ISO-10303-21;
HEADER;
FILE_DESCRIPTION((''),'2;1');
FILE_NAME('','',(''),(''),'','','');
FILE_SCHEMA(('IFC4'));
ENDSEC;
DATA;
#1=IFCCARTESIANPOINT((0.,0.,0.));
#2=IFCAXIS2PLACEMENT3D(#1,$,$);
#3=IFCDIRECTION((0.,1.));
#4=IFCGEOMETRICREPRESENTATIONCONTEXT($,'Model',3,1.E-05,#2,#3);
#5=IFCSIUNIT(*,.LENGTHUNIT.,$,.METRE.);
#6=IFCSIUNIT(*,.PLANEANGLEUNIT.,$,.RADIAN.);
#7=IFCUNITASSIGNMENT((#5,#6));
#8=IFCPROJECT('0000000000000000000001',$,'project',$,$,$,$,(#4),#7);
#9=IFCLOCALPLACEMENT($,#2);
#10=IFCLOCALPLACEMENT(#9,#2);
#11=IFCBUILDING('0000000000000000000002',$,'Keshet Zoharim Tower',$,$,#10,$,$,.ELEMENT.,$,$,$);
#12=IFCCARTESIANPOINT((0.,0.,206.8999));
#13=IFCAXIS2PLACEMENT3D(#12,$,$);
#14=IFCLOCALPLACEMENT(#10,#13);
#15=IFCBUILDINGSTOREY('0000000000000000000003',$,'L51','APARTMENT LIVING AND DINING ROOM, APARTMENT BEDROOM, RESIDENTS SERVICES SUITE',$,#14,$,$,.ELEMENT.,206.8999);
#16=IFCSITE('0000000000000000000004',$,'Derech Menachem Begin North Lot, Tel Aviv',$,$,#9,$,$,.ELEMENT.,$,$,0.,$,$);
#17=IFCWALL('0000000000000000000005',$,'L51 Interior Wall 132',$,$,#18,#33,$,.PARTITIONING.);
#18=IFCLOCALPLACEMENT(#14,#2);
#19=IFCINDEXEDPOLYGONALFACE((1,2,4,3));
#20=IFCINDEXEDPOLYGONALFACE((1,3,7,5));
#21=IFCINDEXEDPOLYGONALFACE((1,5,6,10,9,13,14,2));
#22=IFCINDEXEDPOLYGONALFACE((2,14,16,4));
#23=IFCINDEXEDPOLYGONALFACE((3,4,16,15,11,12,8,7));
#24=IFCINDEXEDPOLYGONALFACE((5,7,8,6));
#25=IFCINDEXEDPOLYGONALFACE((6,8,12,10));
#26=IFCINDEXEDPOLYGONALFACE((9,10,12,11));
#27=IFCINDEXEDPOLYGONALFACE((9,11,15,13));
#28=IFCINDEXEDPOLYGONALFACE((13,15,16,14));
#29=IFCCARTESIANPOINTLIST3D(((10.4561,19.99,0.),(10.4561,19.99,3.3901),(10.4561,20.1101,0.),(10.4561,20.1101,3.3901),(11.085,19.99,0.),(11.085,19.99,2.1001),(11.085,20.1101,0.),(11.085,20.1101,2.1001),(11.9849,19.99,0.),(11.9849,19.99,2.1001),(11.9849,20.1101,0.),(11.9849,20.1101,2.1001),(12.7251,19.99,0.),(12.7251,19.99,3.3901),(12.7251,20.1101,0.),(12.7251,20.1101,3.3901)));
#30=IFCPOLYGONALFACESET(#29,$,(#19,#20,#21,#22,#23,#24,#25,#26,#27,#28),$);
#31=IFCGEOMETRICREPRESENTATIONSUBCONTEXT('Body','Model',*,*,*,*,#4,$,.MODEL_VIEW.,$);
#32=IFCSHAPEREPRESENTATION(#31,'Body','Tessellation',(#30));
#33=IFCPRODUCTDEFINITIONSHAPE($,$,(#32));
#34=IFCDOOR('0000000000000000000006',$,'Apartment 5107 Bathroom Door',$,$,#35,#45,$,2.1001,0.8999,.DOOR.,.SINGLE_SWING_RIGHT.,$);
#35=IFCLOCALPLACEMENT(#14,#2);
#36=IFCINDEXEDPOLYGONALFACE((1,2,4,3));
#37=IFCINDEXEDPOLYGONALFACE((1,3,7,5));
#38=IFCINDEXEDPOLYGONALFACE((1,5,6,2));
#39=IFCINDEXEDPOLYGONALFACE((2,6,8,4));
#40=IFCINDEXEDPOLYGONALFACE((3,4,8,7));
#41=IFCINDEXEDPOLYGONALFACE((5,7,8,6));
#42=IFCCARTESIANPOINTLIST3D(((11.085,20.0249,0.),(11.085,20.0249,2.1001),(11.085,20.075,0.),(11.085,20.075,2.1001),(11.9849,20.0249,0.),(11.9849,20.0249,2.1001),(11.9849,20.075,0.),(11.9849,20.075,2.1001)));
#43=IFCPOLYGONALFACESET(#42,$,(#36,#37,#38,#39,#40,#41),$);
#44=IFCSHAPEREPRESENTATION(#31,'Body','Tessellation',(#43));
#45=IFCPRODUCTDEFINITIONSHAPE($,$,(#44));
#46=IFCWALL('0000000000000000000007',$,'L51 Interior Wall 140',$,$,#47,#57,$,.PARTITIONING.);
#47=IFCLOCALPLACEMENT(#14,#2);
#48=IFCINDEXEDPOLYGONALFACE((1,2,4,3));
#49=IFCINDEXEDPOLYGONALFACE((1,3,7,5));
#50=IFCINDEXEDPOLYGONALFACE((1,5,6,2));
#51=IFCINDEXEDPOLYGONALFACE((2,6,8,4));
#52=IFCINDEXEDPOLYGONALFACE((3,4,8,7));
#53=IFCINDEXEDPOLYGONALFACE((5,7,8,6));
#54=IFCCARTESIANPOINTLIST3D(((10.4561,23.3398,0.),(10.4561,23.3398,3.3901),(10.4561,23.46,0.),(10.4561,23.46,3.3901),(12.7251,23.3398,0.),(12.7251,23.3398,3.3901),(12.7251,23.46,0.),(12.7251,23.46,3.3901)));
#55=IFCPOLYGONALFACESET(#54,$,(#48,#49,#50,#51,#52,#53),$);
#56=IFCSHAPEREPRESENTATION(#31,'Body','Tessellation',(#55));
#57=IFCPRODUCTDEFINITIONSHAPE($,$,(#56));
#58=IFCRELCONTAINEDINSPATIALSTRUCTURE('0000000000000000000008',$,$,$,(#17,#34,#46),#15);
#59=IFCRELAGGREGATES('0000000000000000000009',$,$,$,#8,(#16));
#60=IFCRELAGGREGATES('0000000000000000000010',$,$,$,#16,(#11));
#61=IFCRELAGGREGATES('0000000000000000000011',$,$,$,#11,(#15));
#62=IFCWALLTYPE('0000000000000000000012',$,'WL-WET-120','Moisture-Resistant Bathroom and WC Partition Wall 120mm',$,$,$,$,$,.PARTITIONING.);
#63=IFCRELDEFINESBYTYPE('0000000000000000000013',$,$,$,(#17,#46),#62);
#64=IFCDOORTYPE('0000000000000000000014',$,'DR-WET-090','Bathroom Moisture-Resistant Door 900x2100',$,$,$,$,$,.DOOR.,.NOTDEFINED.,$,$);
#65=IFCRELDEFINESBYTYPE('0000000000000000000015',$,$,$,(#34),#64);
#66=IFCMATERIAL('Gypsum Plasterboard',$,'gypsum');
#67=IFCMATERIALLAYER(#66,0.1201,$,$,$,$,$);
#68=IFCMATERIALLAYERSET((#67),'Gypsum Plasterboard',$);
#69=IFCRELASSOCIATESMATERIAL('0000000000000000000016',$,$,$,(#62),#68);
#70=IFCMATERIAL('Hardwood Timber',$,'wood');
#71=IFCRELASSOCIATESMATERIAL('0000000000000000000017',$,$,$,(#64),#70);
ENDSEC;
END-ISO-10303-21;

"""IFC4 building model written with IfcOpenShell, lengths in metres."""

from ifc_helpers import new_model, si_unit, direction, frame, frame_2d, origin, place, context, subcontext, project, spatial, rectangle, extrude, material, layer, layer_set, type_object, element, fill, save


model = new_model("IFC4")

# Units and contexts
model_context = context("Model", 3, precision=1e-05, world=origin(), true_north=direction((0.0, 1.0)))
body_context = subcontext(model_context, "Body", "Model", "MODEL_VIEW")
ifc_project = project(units=[si_unit("LENGTHUNIT", "METRE"), si_unit("PLANEANGLEUNIT", "RADIAN")], contexts=[model_context])

# Site, building, storey
site_placement = place(None, origin())
site = spatial("IfcSite", under=ifc_project, at=site_placement, Name="Derech Menachem Begin North Lot, Tel Aviv", CompositionType="ELEMENT", RefElevation=0.0)
building_placement = place(site_placement, origin())
building = spatial("IfcBuilding", under=site, at=building_placement, Name="Keshet Zoharim Tower", CompositionType="ELEMENT")
storey_placement = place(building_placement, frame((0.0, 0.0, 206.8999)))
storey = spatial("IfcBuildingStorey", under=building, at=storey_placement, Name="L51", Description="APARTMENT LIVING AND DINING ROOM, APARTMENT BEDROOM, RESIDENTS SERVICES SUITE", CompositionType="ELEMENT", Elevation=206.8999)

# Shared definitions
ifc_material_1 = material(Name="Gypsum Plasterboard", Category="gypsum")

# Shared definitions
ifc_material_2 = material(Name="Hardwood Timber", Category="wood")

# Shared definitions
ifc_layer_1 = layer(ifc_material_1, 0.1201)
ifc_layer_set_1 = layer_set([ifc_layer_1], Name="Gypsum Plasterboard")
wall_type_1 = type_object("IfcWallType", Name="WL-WET-120", Description="Moisture-Resistant Bathroom and WC Partition Wall 120mm", PredefinedType="PARTITIONING", material=ifc_layer_set_1)

# Wall, opening, door
wall_1_placement = place(storey_placement, frame((10.4561, 20.05, 0.0), z_axis=(0.0, 0.0, 1.0), x_axis=(1.0, 0.0, 0.0)))
wall_1 = element("IfcWall", 1, at=wall_1_placement, inside=storey, type_object=wall_type_1, Name="L51 Interior Wall 132", PredefinedType="PARTITIONING", context=body_context, shape_type="SweptSolid", body=[
    extrude(rectangle(XDim=2.269, YDim=0.1201, at=frame_2d((1.1345, 0.0))), origin(), (0.0, 0.0, 1.0), 3.3901),
])
opening_1_placement = place(wall_1_placement, frame((0.6289, 0.0, 0.0)))
opening_1 = element("IfcOpeningElement", 2, at=opening_1_placement, cuts=wall_1, PredefinedType="OPENING", context=body_context, shape_type="SweptSolid", body=[
    extrude(rectangle(XDim=0.8999, YDim=2.1001, at=frame_2d((0.45, 1.05))), frame((0.0, 0.0701, 0.0), z_axis=(0.0, -1.0, 0.0), x_axis=(1.0, 0.0, 0.0)), (0.0, 0.0, 1.0), 0.1401),
])
door_type_1 = type_object("IfcDoorType", Name="DR-WET-090", Description="Bathroom Moisture-Resistant Door 900x2100", OperationType="NOTDEFINED", PredefinedType="DOOR", material=ifc_material_2)
door_1_placement = place(opening_1_placement, origin())
door_1 = element("IfcDoor", 3, at=door_1_placement, inside=storey, type_object=door_type_1, Name="Apartment 5107 Bathroom Door", OperationType="SINGLE_SWING_RIGHT", OverallHeight=2.1001, OverallWidth=0.8999, PredefinedType="DOOR", context=body_context, shape_type="SweptSolid", body=[
    extrude(rectangle(XDim=0.8999, YDim=2.1001, at=frame_2d((0.45, 1.05))), frame((0.0, 0.0249, 0.0), z_axis=(0.0, -1.0, 0.0), x_axis=(1.0, 0.0, 0.0)), (0.0, 0.0, 1.0), 0.05),
])
fill(opening_1, door_1)

# Wall
wall_2_placement = place(storey_placement, frame((10.4561, 23.3999, 0.0), z_axis=(0.0, 0.0, 1.0), x_axis=(1.0, 0.0, 0.0)))
element("IfcWall", 4, at=wall_2_placement, inside=storey, type_object=wall_type_1, Name="L51 Interior Wall 140", PredefinedType="PARTITIONING", context=body_context, shape_type="SweptSolid", body=[
    extrude(rectangle(XDim=2.269, YDim=0.1201, at=frame_2d((1.1345, 0.0))), origin(), (0.0, 0.0, 1.0), 3.3901),
])

save(model, "model.ifc")
